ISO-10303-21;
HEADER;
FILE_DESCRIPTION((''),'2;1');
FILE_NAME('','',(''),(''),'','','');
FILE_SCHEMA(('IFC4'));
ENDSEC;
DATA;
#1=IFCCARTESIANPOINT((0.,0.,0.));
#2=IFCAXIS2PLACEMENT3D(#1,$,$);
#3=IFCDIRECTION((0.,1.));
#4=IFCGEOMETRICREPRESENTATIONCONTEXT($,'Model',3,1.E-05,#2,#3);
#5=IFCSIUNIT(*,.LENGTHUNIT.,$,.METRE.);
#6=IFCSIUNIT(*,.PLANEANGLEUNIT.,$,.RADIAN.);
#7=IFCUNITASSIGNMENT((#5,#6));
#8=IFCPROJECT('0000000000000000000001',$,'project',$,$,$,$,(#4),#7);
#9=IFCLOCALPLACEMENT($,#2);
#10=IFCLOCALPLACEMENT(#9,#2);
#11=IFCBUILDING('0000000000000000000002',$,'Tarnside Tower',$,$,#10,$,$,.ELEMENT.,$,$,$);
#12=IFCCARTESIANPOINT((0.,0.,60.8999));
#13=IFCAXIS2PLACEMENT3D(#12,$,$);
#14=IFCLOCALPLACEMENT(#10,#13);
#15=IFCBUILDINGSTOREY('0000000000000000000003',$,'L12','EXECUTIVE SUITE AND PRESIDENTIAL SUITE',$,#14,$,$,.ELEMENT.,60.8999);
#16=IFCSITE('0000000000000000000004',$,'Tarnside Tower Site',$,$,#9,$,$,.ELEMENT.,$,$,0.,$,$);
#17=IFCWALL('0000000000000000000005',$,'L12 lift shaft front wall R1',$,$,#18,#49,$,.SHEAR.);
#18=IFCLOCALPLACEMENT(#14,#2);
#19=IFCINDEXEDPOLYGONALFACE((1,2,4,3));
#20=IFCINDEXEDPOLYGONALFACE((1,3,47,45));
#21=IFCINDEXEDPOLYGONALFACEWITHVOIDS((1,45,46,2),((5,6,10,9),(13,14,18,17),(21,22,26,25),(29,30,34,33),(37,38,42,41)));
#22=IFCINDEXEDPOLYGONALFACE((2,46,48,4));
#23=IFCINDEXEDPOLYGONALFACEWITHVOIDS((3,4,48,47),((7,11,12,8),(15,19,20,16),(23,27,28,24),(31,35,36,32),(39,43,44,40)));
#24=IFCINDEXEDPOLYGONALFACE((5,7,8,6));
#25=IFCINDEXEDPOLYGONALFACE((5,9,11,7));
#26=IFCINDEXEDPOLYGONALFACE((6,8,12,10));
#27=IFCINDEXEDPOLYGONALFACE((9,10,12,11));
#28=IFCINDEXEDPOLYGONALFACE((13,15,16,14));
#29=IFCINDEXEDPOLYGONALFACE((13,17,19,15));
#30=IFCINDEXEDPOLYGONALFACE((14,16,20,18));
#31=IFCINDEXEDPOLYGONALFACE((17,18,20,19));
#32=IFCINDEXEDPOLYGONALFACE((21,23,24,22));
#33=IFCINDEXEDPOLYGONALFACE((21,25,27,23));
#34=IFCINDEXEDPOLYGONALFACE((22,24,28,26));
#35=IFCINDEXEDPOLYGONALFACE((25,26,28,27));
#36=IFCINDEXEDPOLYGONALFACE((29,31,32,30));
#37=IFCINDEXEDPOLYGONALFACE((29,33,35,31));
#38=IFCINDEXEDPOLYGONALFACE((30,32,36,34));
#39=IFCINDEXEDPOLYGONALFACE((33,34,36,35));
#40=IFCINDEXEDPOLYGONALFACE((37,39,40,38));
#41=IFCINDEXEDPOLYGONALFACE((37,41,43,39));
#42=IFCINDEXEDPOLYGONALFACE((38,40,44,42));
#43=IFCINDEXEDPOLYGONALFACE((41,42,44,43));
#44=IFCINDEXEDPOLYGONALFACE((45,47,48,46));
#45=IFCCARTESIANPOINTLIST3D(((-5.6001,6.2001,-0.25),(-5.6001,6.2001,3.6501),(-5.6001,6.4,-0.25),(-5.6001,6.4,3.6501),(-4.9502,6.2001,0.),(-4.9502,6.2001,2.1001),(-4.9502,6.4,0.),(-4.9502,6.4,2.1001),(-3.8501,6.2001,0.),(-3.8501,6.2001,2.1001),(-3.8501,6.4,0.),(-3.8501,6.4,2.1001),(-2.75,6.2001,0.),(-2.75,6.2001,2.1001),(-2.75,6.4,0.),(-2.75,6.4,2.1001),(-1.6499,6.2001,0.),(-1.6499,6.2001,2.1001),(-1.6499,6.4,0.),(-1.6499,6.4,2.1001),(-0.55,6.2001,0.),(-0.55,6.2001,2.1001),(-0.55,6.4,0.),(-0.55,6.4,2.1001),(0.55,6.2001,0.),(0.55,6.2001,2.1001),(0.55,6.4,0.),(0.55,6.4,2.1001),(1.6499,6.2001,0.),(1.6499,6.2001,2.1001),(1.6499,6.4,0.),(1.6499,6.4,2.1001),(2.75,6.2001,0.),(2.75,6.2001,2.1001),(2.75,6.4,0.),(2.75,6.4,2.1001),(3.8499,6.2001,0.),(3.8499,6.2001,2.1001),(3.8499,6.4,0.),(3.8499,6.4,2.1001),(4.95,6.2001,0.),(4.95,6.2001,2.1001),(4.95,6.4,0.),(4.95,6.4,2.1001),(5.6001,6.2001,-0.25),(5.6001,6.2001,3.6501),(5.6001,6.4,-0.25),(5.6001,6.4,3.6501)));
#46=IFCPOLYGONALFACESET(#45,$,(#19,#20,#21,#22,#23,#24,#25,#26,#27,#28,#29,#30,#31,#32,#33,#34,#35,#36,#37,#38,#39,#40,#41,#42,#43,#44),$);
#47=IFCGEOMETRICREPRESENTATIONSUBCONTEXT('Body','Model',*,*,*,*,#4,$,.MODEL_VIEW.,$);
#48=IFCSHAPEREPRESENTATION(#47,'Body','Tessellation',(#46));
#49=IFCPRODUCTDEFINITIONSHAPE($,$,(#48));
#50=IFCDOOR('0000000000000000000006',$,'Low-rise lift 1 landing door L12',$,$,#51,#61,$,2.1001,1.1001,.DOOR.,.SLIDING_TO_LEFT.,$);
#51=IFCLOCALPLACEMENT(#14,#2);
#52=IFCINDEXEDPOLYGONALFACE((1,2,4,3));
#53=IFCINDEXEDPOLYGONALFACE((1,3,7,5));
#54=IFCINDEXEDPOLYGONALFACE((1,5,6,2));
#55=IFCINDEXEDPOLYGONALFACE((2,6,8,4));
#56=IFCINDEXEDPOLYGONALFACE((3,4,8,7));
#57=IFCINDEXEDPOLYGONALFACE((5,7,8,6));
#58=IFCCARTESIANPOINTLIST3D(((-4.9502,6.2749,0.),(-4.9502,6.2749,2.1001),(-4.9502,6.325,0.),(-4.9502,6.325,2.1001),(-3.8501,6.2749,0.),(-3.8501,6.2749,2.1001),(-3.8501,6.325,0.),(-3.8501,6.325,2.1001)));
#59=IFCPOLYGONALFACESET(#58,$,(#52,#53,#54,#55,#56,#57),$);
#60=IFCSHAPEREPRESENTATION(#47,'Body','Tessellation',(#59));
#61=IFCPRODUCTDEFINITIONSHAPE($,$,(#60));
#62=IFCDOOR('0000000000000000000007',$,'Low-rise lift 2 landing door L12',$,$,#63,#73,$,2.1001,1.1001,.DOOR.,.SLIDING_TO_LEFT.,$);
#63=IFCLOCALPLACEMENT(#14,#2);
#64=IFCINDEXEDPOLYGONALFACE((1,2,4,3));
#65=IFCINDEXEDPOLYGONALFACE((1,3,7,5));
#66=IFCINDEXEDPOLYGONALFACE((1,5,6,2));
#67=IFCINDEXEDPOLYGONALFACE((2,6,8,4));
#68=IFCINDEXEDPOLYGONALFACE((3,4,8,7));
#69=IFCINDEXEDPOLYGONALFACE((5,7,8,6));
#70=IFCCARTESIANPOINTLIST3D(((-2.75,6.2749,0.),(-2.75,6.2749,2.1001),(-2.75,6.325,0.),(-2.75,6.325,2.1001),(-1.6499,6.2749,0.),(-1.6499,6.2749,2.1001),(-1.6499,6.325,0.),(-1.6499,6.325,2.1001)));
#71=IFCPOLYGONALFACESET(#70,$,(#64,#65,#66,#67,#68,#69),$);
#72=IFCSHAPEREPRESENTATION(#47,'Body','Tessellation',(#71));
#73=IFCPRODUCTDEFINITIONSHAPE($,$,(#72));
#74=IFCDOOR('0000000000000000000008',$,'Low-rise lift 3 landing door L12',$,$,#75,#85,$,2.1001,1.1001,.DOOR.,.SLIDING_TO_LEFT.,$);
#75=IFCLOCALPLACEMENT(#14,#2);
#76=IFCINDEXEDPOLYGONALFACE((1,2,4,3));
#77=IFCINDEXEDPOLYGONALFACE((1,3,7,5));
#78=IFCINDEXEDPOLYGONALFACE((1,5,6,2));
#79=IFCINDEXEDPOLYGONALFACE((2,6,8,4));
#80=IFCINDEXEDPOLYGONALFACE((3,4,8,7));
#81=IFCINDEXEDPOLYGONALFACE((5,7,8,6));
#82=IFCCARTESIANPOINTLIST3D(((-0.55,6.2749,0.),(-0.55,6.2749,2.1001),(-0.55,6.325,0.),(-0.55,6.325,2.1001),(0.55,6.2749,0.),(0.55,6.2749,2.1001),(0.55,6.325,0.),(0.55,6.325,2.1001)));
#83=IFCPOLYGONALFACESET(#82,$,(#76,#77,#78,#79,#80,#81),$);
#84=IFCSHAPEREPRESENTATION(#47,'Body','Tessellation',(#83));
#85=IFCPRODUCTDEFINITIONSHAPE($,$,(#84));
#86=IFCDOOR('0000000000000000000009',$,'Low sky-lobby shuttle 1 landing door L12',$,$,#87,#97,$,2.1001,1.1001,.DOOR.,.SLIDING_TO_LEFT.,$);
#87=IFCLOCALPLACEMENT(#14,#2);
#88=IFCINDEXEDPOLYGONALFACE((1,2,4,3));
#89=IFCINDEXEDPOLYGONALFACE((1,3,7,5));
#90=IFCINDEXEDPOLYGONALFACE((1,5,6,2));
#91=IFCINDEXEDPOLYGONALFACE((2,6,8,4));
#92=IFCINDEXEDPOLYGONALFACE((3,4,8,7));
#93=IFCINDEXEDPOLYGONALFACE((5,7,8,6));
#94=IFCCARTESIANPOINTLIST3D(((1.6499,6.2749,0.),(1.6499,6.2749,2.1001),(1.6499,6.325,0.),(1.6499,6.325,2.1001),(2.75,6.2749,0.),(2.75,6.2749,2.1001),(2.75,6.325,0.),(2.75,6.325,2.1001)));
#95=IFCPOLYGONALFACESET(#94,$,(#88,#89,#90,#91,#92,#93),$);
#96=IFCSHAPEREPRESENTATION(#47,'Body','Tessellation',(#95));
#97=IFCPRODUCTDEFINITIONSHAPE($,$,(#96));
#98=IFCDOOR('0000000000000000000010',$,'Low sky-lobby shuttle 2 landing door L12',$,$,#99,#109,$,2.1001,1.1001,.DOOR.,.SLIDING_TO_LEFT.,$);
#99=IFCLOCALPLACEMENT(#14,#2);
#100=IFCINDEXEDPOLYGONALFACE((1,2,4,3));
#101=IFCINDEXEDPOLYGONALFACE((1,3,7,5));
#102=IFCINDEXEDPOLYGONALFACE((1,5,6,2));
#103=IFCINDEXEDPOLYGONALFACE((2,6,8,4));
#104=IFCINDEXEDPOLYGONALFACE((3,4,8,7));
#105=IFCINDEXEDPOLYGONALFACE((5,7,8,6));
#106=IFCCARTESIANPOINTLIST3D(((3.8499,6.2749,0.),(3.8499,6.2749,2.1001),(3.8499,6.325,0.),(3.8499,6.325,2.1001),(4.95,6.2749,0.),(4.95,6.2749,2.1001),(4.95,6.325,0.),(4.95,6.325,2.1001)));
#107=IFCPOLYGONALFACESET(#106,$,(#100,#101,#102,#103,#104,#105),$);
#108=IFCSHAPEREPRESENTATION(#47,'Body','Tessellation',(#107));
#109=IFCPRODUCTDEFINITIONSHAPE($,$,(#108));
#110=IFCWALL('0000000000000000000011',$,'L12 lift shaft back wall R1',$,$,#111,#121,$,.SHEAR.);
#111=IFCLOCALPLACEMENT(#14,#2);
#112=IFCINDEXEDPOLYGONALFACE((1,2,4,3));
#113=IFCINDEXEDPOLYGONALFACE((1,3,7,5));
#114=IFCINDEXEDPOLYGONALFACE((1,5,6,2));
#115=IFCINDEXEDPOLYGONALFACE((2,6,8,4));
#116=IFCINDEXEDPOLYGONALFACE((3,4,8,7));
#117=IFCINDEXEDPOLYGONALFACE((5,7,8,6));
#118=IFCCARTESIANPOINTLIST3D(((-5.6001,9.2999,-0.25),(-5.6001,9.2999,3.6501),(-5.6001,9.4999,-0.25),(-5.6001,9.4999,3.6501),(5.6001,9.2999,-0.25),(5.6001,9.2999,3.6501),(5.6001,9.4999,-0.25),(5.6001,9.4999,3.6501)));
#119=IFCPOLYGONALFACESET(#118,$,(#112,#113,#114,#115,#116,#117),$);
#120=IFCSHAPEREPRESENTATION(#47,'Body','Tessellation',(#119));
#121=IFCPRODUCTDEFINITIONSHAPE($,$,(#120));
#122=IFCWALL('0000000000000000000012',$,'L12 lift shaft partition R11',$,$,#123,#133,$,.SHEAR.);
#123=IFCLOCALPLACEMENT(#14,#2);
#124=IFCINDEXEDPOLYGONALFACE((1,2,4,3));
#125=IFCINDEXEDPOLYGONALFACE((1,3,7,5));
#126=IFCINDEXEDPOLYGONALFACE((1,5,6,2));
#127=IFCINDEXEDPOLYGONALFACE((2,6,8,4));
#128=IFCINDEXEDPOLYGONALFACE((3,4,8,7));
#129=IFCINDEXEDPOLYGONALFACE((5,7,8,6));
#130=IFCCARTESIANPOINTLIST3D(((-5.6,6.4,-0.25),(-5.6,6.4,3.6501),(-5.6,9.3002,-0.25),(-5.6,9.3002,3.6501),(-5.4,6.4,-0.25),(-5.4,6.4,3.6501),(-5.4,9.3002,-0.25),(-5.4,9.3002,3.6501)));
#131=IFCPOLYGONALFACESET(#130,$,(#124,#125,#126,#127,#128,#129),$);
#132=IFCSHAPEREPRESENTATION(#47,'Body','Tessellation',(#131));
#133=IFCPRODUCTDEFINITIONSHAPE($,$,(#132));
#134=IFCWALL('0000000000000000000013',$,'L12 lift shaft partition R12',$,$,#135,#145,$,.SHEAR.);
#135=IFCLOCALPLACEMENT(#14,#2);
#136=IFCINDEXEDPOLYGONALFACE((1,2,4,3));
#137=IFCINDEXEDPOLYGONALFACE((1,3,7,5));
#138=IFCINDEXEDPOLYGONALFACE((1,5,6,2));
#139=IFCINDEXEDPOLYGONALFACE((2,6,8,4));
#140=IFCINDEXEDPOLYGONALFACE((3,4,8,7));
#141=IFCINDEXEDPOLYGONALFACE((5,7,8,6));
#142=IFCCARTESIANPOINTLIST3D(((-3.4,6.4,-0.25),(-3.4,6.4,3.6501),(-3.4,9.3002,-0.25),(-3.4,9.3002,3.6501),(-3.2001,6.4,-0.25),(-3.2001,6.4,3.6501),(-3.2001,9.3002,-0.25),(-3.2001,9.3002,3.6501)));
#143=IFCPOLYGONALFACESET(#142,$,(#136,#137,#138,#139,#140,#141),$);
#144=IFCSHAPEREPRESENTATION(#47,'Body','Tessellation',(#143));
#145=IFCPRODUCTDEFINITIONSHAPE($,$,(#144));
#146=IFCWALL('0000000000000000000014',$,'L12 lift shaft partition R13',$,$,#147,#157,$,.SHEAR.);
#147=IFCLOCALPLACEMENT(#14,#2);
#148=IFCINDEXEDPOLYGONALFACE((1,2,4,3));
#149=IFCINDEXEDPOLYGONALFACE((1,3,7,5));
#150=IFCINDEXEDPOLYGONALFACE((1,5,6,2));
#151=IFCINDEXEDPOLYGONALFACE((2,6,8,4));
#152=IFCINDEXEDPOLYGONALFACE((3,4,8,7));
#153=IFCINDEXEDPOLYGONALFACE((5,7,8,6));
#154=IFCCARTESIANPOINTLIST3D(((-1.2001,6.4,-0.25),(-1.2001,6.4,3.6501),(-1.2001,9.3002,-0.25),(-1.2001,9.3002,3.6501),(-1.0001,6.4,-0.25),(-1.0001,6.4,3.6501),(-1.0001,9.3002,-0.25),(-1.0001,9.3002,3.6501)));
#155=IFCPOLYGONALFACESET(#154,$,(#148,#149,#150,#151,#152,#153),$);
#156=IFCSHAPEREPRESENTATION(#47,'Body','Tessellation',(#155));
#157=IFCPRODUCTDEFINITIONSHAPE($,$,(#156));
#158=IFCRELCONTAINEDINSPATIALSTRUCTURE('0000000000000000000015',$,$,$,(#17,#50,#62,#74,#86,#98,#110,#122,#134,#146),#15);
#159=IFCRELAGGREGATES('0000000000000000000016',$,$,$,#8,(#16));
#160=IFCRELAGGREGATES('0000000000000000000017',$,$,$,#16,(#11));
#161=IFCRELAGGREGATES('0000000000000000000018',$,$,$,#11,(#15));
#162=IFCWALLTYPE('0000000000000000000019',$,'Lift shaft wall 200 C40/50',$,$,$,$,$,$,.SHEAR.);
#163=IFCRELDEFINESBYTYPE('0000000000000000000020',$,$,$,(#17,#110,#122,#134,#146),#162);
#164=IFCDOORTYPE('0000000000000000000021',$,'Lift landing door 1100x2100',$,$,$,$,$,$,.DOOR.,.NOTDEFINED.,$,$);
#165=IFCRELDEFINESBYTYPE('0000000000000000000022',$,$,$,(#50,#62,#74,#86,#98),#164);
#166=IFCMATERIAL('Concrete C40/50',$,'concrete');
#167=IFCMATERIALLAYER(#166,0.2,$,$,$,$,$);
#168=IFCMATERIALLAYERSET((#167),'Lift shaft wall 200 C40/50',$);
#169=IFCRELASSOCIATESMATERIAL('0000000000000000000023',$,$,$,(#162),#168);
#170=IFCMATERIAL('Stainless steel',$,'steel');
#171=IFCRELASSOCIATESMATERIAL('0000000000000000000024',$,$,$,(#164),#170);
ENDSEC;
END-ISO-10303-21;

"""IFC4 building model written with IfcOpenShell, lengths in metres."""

from ifc_helpers import new_model, si_unit, direction, frame, frame_2d, origin, place, context, subcontext, project, spatial, rectangle, extrude, material, layer, layer_set, type_object, element, fill, save


model = new_model("IFC4")

# Units and contexts
model_context = context("Model", 3, precision=1e-05, world=origin(), true_north=direction((0.0, 1.0)))
body_context = subcontext(model_context, "Body", "Model", "MODEL_VIEW")
ifc_project = project(units=[si_unit("LENGTHUNIT", "METRE"), si_unit("PLANEANGLEUNIT", "RADIAN")], contexts=[model_context])

# Site, building, storey
site_placement = place(None, origin())
site = spatial("IfcSite", under=ifc_project, at=site_placement, Name="Tarnside Tower Site", CompositionType="ELEMENT", RefElevation=0.0)
building_placement = place(site_placement, origin())
building = spatial("IfcBuilding", under=site, at=building_placement, Name="Tarnside Tower", CompositionType="ELEMENT")
storey_placement = place(building_placement, frame((0.0, 0.0, 60.8999)))
storey = spatial("IfcBuildingStorey", under=building, at=storey_placement, Name="L12", Description="EXECUTIVE SUITE AND PRESIDENTIAL SUITE", CompositionType="ELEMENT", Elevation=60.8999)

# Wall, openings, doors
ifc_material_1 = material(Name="Concrete C40/50", Category="concrete")
ifc_layer_1 = layer(ifc_material_1, 0.2)
ifc_layer_set_1 = layer_set([ifc_layer_1], Name="Lift shaft wall 200 C40/50")
wall_type_1 = type_object("IfcWallType", Name="Lift shaft wall 200 C40/50", PredefinedType="SHEAR", material=ifc_layer_set_1)
wall_1_placement = place(storey_placement, frame((-5.6001, 6.3, -0.25), z_axis=(0.0, 0.0, 1.0), x_axis=(1.0, 0.0, 0.0)))
wall_1 = element("IfcWall", 1, at=wall_1_placement, inside=storey, type_object=wall_type_1, Name="L12 lift shaft front wall R1", PredefinedType="SHEAR", context=body_context, shape_type="SweptSolid", body=[
    extrude(rectangle(XDim=11.2002, YDim=0.2, at=frame_2d((5.6001, 0.0))), origin(), (0.0, 0.0, 1.0), 3.9001),
])
opening_1_placement = place(wall_1_placement, frame((0.6499, 0.0, 0.25)))
opening_1 = element("IfcOpeningElement", 2, at=opening_1_placement, cuts=wall_1, PredefinedType="OPENING", context=body_context, shape_type="SweptSolid", body=[
    extrude(rectangle(XDim=1.1001, YDim=2.1001, at=frame_2d((0.55, 1.05))), frame((0.0, 0.1099, 0.0), z_axis=(0.0, -1.0, 0.0), x_axis=(1.0, 0.0, 0.0)), (0.0, 0.0, 1.0), 0.22),
])
opening_2_placement = place(wall_1_placement, frame((2.8501, 0.0, 0.25)))
opening_2 = element("IfcOpeningElement", 3, at=opening_2_placement, cuts=wall_1, PredefinedType="OPENING", context=body_context, shape_type="SweptSolid", body=[
    extrude(rectangle(XDim=1.1001, YDim=2.1001, at=frame_2d((0.55, 1.05))), frame((0.0, 0.1099, 0.0), z_axis=(0.0, -1.0, 0.0), x_axis=(1.0, 0.0, 0.0)), (0.0, 0.0, 1.0), 0.22),
])
opening_3_placement = place(wall_1_placement, frame((5.05, 0.0, 0.25)))
opening_3 = element("IfcOpeningElement", 4, at=opening_3_placement, cuts=wall_1, PredefinedType="OPENING", context=body_context, shape_type="SweptSolid", body=[
    extrude(rectangle(XDim=1.1001, YDim=2.1001, at=frame_2d((0.55, 1.05))), frame((0.0, 0.1099, 0.0), z_axis=(0.0, -1.0, 0.0), x_axis=(1.0, 0.0, 0.0)), (0.0, 0.0, 1.0), 0.22),
])
opening_4_placement = place(wall_1_placement, frame((7.25, 0.0, 0.25)))
opening_4 = element("IfcOpeningElement", 5, at=opening_4_placement, cuts=wall_1, PredefinedType="OPENING", context=body_context, shape_type="SweptSolid", body=[
    extrude(rectangle(XDim=1.1001, YDim=2.1001, at=frame_2d((0.55, 1.05))), frame((0.0, 0.1099, 0.0), z_axis=(0.0, -1.0, 0.0), x_axis=(1.0, 0.0, 0.0)), (0.0, 0.0, 1.0), 0.22),
])
opening_5_placement = place(wall_1_placement, frame((9.45, 0.0, 0.25)))
opening_5 = element("IfcOpeningElement", 6, at=opening_5_placement, cuts=wall_1, PredefinedType="OPENING", context=body_context, shape_type="SweptSolid", body=[
    extrude(rectangle(XDim=1.1001, YDim=2.1001, at=frame_2d((0.55, 1.05))), frame((0.0, 0.1099, 0.0), z_axis=(0.0, -1.0, 0.0), x_axis=(1.0, 0.0, 0.0)), (0.0, 0.0, 1.0), 0.22),
])
ifc_material_2 = material(Name="Stainless steel", Category="steel")
door_type_1 = type_object("IfcDoorType", Name="Lift landing door 1100x2100", OperationType="NOTDEFINED", PredefinedType="DOOR", material=ifc_material_2)
door_1_placement = place(opening_1_placement, origin())
door_1 = element("IfcDoor", 7, at=door_1_placement, inside=storey, type_object=door_type_1, Name="Low-rise lift 1 landing door L12", OperationType="SLIDING_TO_LEFT", OverallHeight=2.1001, OverallWidth=1.1001, PredefinedType="DOOR", context=body_context, shape_type="SweptSolid", body=[
    extrude(rectangle(XDim=1.1001, YDim=2.1001, at=frame_2d((0.55, 1.05))), frame((0.0, 0.0249, 0.0), z_axis=(0.0, -1.0, 0.0), x_axis=(1.0, 0.0, 0.0)), (0.0, 0.0, 1.0), 0.05),
])
fill(opening_1, door_1)
door_2_placement = place(opening_2_placement, origin())
door_2 = element("IfcDoor", 8, at=door_2_placement, inside=storey, type_object=door_type_1, Name="Low-rise lift 2 landing door L12", OperationType="SLIDING_TO_LEFT", OverallHeight=2.1001, OverallWidth=1.1001, PredefinedType="DOOR", context=body_context, shape_type="SweptSolid", body=[
    extrude(rectangle(XDim=1.1001, YDim=2.1001, at=frame_2d((0.55, 1.05))), frame((0.0, 0.0249, 0.0), z_axis=(0.0, -1.0, 0.0), x_axis=(1.0, 0.0, 0.0)), (0.0, 0.0, 1.0), 0.05),
])
fill(opening_2, door_2)
door_3_placement = place(opening_3_placement, origin())
door_3 = element("IfcDoor", 9, at=door_3_placement, inside=storey, type_object=door_type_1, Name="Low-rise lift 3 landing door L12", OperationType="SLIDING_TO_LEFT", OverallHeight=2.1001, OverallWidth=1.1001, PredefinedType="DOOR", context=body_context, shape_type="SweptSolid", body=[
    extrude(rectangle(XDim=1.1001, YDim=2.1001, at=frame_2d((0.55, 1.05))), frame((0.0, 0.0249, 0.0), z_axis=(0.0, -1.0, 0.0), x_axis=(1.0, 0.0, 0.0)), (0.0, 0.0, 1.0), 0.05),
])
fill(opening_3, door_3)
door_4_placement = place(opening_4_placement, origin())
door_4 = element("IfcDoor", 10, at=door_4_placement, inside=storey, type_object=door_type_1, Name="Low sky-lobby shuttle 1 landing door L12", OperationType="SLIDING_TO_LEFT", OverallHeight=2.1001, OverallWidth=1.1001, PredefinedType="DOOR", context=body_context, shape_type="SweptSolid", body=[
    extrude(rectangle(XDim=1.1001, YDim=2.1001, at=frame_2d((0.55, 1.05))), frame((0.0, 0.0249, 0.0), z_axis=(0.0, -1.0, 0.0), x_axis=(1.0, 0.0, 0.0)), (0.0, 0.0, 1.0), 0.05),
])
fill(opening_4, door_4)
door_5_placement = place(opening_5_placement, origin())
door_5 = element("IfcDoor", 11, at=door_5_placement, inside=storey, type_object=door_type_1, Name="Low sky-lobby shuttle 2 landing door L12", OperationType="SLIDING_TO_LEFT", OverallHeight=2.1001, OverallWidth=1.1001, PredefinedType="DOOR", context=body_context, shape_type="SweptSolid", body=[
    extrude(rectangle(XDim=1.1001, YDim=2.1001, at=frame_2d((0.55, 1.05))), frame((0.0, 0.0249, 0.0), z_axis=(0.0, -1.0, 0.0), x_axis=(1.0, 0.0, 0.0)), (0.0, 0.0, 1.0), 0.05),
])
fill(opening_5, door_5)

# Walls
wall_2_placement = place(storey_placement, frame((-5.6001, 9.3999, -0.25), z_axis=(0.0, 0.0, 1.0), x_axis=(1.0, 0.0, 0.0)))
element("IfcWall", 12, at=wall_2_placement, inside=storey, type_object=wall_type_1, Name="L12 lift shaft back wall R1", PredefinedType="SHEAR", context=body_context, shape_type="SweptSolid", body=[
    extrude(rectangle(XDim=11.2002, YDim=0.2, at=frame_2d((5.6001, 0.0))), origin(), (0.0, 0.0, 1.0), 3.9001),
])
for number, where, z_axis, x_axis, name in (
    (13, (-5.5, 6.3999, -0.25), (0.0, 0.0, 1.0), (0.0, 1.0, 0.0), "L12 lift shaft partition R11"),
    (14, (-3.3, 6.3999, -0.25), (0.0, 0.0, 1.0), (0.0, 1.0, 0.0), "L12 lift shaft partition R12"),
    (15, (-1.1001, 6.3999, -0.25), (0.0, 0.0, 1.0), (0.0, 1.0, 0.0), "L12 lift shaft partition R13"),
):
    element("IfcWall", number, at=place(storey_placement, frame(where, z_axis=z_axis, x_axis=x_axis)), inside=storey, type_object=wall_type_1, Name=name, PredefinedType="SHEAR", context=body_context, shape_type="SweptSolid", body=[
        extrude(rectangle(XDim=2.9001, YDim=0.2, at=frame_2d((1.4502, 0.0))), origin(), (0.0, 0.0, 1.0), 3.9001),
    ])

save(model, "model.ifc")
